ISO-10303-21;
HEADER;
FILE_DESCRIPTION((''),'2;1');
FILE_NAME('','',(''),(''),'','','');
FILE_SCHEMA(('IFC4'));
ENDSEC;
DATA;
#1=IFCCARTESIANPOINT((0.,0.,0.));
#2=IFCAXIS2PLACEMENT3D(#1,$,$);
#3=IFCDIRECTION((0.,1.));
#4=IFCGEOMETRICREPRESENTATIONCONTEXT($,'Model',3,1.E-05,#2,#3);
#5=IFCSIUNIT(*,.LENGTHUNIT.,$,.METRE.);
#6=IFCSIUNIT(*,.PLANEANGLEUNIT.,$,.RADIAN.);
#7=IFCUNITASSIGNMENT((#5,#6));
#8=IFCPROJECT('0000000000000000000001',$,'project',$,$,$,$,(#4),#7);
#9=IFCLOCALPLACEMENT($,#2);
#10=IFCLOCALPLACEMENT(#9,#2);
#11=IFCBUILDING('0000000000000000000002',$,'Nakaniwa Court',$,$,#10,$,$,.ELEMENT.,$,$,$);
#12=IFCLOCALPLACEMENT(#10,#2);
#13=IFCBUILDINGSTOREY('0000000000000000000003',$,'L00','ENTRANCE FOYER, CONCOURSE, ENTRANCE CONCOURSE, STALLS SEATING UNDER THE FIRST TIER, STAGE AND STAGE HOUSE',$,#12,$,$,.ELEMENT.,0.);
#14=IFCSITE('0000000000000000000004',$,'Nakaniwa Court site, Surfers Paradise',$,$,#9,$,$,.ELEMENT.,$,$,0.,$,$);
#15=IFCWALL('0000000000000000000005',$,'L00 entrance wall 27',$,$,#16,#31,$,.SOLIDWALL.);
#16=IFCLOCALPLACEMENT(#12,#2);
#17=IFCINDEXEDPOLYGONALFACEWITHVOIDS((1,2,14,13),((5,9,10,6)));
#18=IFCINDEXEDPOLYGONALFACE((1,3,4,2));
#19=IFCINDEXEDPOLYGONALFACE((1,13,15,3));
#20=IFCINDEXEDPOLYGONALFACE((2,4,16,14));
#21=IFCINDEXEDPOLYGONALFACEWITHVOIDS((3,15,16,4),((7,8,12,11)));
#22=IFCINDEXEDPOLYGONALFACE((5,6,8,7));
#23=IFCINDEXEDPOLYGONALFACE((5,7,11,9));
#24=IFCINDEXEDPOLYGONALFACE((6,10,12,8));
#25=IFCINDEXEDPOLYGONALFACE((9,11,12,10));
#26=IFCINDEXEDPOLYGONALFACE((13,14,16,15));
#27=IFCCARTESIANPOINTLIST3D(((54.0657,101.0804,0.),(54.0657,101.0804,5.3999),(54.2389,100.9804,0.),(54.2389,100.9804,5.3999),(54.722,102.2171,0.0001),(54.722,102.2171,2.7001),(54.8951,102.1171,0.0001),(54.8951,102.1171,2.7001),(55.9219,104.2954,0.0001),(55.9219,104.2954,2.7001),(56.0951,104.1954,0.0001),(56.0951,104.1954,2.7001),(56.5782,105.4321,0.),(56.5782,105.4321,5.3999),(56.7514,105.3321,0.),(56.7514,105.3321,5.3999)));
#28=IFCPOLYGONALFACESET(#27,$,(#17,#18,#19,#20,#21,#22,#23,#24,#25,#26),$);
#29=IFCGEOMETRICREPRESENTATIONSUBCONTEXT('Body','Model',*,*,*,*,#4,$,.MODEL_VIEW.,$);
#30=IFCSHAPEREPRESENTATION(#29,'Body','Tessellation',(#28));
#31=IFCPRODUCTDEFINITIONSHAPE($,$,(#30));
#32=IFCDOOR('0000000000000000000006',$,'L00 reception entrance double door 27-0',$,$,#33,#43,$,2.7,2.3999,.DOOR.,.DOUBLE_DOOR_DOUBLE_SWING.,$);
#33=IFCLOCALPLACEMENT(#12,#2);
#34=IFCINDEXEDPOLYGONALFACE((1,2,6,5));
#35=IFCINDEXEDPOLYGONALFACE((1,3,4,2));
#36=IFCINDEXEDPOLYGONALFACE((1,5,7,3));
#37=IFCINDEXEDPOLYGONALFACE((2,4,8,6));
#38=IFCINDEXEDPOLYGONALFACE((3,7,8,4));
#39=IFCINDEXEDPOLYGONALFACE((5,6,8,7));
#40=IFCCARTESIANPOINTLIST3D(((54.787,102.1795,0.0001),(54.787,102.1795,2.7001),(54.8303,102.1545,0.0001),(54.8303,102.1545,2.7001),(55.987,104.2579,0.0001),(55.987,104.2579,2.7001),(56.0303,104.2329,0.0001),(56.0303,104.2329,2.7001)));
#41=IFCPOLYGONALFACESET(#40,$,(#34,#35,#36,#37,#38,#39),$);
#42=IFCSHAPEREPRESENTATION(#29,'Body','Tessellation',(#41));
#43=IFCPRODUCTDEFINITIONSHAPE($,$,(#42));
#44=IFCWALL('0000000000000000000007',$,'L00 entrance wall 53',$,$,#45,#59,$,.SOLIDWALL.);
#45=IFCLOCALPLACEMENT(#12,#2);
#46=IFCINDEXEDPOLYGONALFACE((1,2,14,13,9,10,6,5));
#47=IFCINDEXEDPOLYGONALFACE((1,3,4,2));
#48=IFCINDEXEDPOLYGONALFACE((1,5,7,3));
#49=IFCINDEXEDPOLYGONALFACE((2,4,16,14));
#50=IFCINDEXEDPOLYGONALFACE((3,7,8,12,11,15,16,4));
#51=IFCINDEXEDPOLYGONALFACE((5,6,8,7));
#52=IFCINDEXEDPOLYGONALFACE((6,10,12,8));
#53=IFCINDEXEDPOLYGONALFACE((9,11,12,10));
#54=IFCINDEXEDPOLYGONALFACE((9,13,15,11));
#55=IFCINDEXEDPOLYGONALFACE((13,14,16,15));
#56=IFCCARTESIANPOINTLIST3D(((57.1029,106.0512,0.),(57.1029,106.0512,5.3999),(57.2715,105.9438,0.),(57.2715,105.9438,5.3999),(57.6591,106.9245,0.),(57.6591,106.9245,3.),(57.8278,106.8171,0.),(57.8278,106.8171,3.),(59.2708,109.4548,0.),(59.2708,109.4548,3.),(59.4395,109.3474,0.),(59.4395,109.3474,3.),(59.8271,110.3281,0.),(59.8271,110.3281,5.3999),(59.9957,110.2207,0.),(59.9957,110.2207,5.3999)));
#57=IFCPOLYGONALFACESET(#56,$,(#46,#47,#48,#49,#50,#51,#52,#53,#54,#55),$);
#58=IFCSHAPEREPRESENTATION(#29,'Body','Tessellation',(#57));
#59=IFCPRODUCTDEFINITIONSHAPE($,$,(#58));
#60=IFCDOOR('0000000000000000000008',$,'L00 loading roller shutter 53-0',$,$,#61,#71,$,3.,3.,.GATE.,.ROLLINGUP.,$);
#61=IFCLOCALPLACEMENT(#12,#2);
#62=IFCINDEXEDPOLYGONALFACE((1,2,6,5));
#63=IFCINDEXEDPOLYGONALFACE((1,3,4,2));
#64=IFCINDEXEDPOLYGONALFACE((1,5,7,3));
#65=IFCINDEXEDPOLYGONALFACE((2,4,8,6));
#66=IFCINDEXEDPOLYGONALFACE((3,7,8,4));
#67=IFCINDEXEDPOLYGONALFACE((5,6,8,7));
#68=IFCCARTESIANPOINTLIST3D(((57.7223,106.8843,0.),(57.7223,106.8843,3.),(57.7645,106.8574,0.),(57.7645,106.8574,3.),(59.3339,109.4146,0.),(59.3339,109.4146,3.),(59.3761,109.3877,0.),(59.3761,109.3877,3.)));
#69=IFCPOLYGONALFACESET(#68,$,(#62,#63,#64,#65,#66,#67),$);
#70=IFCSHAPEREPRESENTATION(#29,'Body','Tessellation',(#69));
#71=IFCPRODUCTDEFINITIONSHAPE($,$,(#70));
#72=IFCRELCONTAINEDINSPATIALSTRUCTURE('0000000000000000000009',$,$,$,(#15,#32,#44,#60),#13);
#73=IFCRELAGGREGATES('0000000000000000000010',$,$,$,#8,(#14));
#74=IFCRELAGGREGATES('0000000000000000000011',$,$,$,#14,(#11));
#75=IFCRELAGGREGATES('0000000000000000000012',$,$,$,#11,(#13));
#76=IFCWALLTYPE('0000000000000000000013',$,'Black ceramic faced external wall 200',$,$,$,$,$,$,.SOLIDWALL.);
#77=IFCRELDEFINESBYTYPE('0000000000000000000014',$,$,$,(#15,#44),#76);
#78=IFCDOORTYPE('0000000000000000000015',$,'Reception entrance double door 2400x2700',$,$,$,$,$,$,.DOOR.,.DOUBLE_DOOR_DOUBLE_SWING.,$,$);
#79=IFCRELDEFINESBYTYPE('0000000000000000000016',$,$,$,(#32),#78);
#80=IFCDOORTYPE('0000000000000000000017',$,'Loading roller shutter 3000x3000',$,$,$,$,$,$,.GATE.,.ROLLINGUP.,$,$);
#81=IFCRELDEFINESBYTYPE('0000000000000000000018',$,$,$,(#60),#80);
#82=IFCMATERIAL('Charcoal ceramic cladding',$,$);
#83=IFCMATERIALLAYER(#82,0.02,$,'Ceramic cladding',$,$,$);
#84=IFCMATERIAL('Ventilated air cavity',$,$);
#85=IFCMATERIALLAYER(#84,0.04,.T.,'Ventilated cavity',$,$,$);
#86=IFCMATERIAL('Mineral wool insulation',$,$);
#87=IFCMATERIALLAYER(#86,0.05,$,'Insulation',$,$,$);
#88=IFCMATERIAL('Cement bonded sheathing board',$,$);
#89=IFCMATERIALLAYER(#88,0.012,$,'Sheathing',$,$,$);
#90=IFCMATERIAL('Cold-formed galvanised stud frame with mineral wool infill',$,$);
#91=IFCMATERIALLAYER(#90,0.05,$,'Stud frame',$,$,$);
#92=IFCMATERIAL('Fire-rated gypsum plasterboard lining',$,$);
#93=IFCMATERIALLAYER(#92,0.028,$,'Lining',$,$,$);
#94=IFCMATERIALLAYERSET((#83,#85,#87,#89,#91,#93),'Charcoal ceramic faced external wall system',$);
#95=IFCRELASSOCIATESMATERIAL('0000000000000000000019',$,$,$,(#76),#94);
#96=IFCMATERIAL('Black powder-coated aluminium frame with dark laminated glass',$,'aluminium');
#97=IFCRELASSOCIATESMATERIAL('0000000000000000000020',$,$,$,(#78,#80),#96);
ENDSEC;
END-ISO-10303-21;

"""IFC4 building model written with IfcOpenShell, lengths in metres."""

from ifc_helpers import new_model, si_unit, direction, frame, frame_2d, origin, place, context, subcontext, project, spatial, rectangle, extrude, material, layer, layer_set, type_object, element, fill, save


model = new_model("IFC4")

# Units and contexts
model_context = context("Model", 3, precision=1e-05, world=origin(), true_north=direction((0.0, 1.0)))
body_context = subcontext(model_context, "Body", "Model", "MODEL_VIEW")
ifc_project = project(units=[si_unit("LENGTHUNIT", "METRE"), si_unit("PLANEANGLEUNIT", "RADIAN")], contexts=[model_context])

# Site, building, storey
site_placement = place(None, origin())
site = spatial("IfcSite", under=ifc_project, at=site_placement, Name="Nakaniwa Court site, Surfers Paradise", CompositionType="ELEMENT", RefElevation=0.0)
building_placement = place(site_placement, origin())
building = spatial("IfcBuilding", under=site, at=building_placement, Name="Nakaniwa Court", CompositionType="ELEMENT")
storey_placement = place(building_placement, origin())
storey = spatial("IfcBuildingStorey", under=building, at=storey_placement, Name="L00", Description="ENTRANCE FOYER, CONCOURSE, ENTRANCE CONCOURSE, STALLS SEATING UNDER THE FIRST TIER, STAGE AND STAGE HOUSE", CompositionType="ELEMENT", Elevation=0.0)

# Walls, openings, doors
ifc_material_1 = material(Name="Charcoal ceramic cladding")
ifc_layer_1 = layer(ifc_material_1, 0.02, Name="Ceramic cladding")
ifc_material_2 = material(Name="Ventilated air cavity")
ifc_layer_2 = layer(ifc_material_2, 0.04, ventilated=True, Name="Ventilated cavity")
ifc_material_3 = material(Name="Mineral wool insulation")
ifc_layer_3 = layer(ifc_material_3, 0.05, Name="Insulation")
ifc_material_4 = material(Name="Cement bonded sheathing board")
ifc_layer_4 = layer(ifc_material_4, 0.012, Name="Sheathing")
ifc_material_5 = material(Name="Cold-formed galvanised stud frame with mineral wool infill")
ifc_layer_5 = layer(ifc_material_5, 0.05, Name="Stud frame")
ifc_material_6 = material(Name="Fire-rated gypsum plasterboard lining")
ifc_layer_6 = layer(ifc_material_6, 0.028, Name="Lining")
ifc_layer_set_1 = layer_set([ifc_layer_1, ifc_layer_2, ifc_layer_3, ifc_layer_4, ifc_layer_5, ifc_layer_6], Name="Charcoal ceramic faced external wall system")
wall_type_1 = type_object("IfcWallType", Name="Black ceramic faced external wall 200", PredefinedType="SOLIDWALL", material=ifc_layer_set_1)
wall_1_placement = place(storey_placement, frame((56.6648, 105.3821, 0.0), z_axis=(0.0, 0.0, 1.0), x_axis=(-0.500011, -0.866019, 0.0)))
wall_1 = element("IfcWall", 1, at=wall_1_placement, inside=storey, type_object=wall_type_1, Name="L00 entrance wall 27", PredefinedType="SOLIDWALL", context=body_context, shape_type="SweptSolid", body=[
    extrude(rectangle(XDim=5.0249, YDim=0.2, at=frame_2d((2.5125, 0.0))), origin(), (0.0, 0.0, 1.0), 5.3999),
])
opening_1_placement = place(wall_1_placement, frame((1.3125, 0.0, 0.0)))
opening_1 = element("IfcOpeningElement", 2, at=opening_1_placement, cuts=wall_1, PredefinedType="OPENING", context=body_context, shape_type="SweptSolid", body=[
    extrude(rectangle(XDim=2.3999, YDim=2.7, at=frame_2d((1.2, 1.3501))), frame((0.0, 0.1099, 0.0), z_axis=(0.0, -1.0, 0.0), x_axis=(1.0, 0.0, 0.0)), (0.0, 0.0, 1.0), 0.22),
])
ifc_material_7 = material(Name="Black powder-coated aluminium frame with dark laminated glass", Category="aluminium")
door_type_1 = type_object("IfcDoorType", Name="Reception entrance double door 2400x2700", OperationType="DOUBLE_DOOR_DOUBLE_SWING", PredefinedType="DOOR", material=ifc_material_7)
door_1_placement = place(opening_1_placement, frame((2.3999, 0.0, 0.0), z_axis=(0.0, 0.0, 1.0), x_axis=(-1.0, 0.0, 0.0)))
door_1 = element("IfcDoor", 3, at=door_1_placement, inside=storey, type_object=door_type_1, Name="L00 reception entrance double door 27-0", OperationType="DOUBLE_DOOR_DOUBLE_SWING", OverallHeight=2.7, OverallWidth=2.3999, PredefinedType="DOOR", context=body_context, shape_type="SweptSolid", body=[
    extrude(rectangle(XDim=2.3999, YDim=2.7, at=frame_2d((1.2, 1.3501))), frame((0.0, 0.0249, 0.0), z_axis=(0.0, -1.0, 0.0), x_axis=(1.0, 0.0, 0.0)), (0.0, 0.0, 1.0), 0.05),
])
fill(opening_1, door_1)
wall_2_placement = place(storey_placement, frame((59.9114, 110.2744, 0.0), z_axis=(0.0, 0.0, 1.0), x_axis=(-0.537224, -0.843439, 0.0)))
wall_2 = element("IfcWall", 4, at=wall_2_placement, inside=storey, type_object=wall_type_1, Name="L00 entrance wall 53", PredefinedType="SOLIDWALL", context=body_context, shape_type="SweptSolid", body=[
    extrude(rectangle(XDim=5.0708, YDim=0.2, at=frame_2d((2.5354, 0.0))), origin(), (0.0, 0.0, 1.0), 5.3999),
])
opening_2_placement = place(wall_2_placement, frame((1.0354, 0.0, 0.0)))
opening_2 = element("IfcOpeningElement", 5, at=opening_2_placement, cuts=wall_2, PredefinedType="OPENING", context=body_context, shape_type="SweptSolid", body=[
    extrude(rectangle(XDim=3.0, YDim=3.0, at=frame_2d((1.5, 1.5))), frame((0.0, 0.1099, 0.0), z_axis=(0.0, -1.0, 0.0), x_axis=(1.0, 0.0, 0.0)), (0.0, 0.0, 1.0), 0.22),
])
door_type_2 = type_object("IfcDoorType", Name="Loading roller shutter 3000x3000", OperationType="ROLLINGUP", PredefinedType="GATE", material=ifc_material_7)
door_2_placement = place(opening_2_placement, origin())
door_2 = element("IfcDoor", 6, at=door_2_placement, inside=storey, type_object=door_type_2, Name="L00 loading roller shutter 53-0", OperationType="ROLLINGUP", OverallHeight=3.0, OverallWidth=3.0, PredefinedType="GATE", context=body_context, shape_type="SweptSolid", body=[
    extrude(rectangle(XDim=3.0, YDim=3.0, at=frame_2d((1.5, 1.5))), frame((0.0, 0.0249, 0.0), z_axis=(0.0, -1.0, 0.0), x_axis=(1.0, 0.0, 0.0)), (0.0, 0.0, 1.0), 0.05),
])
fill(opening_2, door_2)

save(model, "model.ifc")
